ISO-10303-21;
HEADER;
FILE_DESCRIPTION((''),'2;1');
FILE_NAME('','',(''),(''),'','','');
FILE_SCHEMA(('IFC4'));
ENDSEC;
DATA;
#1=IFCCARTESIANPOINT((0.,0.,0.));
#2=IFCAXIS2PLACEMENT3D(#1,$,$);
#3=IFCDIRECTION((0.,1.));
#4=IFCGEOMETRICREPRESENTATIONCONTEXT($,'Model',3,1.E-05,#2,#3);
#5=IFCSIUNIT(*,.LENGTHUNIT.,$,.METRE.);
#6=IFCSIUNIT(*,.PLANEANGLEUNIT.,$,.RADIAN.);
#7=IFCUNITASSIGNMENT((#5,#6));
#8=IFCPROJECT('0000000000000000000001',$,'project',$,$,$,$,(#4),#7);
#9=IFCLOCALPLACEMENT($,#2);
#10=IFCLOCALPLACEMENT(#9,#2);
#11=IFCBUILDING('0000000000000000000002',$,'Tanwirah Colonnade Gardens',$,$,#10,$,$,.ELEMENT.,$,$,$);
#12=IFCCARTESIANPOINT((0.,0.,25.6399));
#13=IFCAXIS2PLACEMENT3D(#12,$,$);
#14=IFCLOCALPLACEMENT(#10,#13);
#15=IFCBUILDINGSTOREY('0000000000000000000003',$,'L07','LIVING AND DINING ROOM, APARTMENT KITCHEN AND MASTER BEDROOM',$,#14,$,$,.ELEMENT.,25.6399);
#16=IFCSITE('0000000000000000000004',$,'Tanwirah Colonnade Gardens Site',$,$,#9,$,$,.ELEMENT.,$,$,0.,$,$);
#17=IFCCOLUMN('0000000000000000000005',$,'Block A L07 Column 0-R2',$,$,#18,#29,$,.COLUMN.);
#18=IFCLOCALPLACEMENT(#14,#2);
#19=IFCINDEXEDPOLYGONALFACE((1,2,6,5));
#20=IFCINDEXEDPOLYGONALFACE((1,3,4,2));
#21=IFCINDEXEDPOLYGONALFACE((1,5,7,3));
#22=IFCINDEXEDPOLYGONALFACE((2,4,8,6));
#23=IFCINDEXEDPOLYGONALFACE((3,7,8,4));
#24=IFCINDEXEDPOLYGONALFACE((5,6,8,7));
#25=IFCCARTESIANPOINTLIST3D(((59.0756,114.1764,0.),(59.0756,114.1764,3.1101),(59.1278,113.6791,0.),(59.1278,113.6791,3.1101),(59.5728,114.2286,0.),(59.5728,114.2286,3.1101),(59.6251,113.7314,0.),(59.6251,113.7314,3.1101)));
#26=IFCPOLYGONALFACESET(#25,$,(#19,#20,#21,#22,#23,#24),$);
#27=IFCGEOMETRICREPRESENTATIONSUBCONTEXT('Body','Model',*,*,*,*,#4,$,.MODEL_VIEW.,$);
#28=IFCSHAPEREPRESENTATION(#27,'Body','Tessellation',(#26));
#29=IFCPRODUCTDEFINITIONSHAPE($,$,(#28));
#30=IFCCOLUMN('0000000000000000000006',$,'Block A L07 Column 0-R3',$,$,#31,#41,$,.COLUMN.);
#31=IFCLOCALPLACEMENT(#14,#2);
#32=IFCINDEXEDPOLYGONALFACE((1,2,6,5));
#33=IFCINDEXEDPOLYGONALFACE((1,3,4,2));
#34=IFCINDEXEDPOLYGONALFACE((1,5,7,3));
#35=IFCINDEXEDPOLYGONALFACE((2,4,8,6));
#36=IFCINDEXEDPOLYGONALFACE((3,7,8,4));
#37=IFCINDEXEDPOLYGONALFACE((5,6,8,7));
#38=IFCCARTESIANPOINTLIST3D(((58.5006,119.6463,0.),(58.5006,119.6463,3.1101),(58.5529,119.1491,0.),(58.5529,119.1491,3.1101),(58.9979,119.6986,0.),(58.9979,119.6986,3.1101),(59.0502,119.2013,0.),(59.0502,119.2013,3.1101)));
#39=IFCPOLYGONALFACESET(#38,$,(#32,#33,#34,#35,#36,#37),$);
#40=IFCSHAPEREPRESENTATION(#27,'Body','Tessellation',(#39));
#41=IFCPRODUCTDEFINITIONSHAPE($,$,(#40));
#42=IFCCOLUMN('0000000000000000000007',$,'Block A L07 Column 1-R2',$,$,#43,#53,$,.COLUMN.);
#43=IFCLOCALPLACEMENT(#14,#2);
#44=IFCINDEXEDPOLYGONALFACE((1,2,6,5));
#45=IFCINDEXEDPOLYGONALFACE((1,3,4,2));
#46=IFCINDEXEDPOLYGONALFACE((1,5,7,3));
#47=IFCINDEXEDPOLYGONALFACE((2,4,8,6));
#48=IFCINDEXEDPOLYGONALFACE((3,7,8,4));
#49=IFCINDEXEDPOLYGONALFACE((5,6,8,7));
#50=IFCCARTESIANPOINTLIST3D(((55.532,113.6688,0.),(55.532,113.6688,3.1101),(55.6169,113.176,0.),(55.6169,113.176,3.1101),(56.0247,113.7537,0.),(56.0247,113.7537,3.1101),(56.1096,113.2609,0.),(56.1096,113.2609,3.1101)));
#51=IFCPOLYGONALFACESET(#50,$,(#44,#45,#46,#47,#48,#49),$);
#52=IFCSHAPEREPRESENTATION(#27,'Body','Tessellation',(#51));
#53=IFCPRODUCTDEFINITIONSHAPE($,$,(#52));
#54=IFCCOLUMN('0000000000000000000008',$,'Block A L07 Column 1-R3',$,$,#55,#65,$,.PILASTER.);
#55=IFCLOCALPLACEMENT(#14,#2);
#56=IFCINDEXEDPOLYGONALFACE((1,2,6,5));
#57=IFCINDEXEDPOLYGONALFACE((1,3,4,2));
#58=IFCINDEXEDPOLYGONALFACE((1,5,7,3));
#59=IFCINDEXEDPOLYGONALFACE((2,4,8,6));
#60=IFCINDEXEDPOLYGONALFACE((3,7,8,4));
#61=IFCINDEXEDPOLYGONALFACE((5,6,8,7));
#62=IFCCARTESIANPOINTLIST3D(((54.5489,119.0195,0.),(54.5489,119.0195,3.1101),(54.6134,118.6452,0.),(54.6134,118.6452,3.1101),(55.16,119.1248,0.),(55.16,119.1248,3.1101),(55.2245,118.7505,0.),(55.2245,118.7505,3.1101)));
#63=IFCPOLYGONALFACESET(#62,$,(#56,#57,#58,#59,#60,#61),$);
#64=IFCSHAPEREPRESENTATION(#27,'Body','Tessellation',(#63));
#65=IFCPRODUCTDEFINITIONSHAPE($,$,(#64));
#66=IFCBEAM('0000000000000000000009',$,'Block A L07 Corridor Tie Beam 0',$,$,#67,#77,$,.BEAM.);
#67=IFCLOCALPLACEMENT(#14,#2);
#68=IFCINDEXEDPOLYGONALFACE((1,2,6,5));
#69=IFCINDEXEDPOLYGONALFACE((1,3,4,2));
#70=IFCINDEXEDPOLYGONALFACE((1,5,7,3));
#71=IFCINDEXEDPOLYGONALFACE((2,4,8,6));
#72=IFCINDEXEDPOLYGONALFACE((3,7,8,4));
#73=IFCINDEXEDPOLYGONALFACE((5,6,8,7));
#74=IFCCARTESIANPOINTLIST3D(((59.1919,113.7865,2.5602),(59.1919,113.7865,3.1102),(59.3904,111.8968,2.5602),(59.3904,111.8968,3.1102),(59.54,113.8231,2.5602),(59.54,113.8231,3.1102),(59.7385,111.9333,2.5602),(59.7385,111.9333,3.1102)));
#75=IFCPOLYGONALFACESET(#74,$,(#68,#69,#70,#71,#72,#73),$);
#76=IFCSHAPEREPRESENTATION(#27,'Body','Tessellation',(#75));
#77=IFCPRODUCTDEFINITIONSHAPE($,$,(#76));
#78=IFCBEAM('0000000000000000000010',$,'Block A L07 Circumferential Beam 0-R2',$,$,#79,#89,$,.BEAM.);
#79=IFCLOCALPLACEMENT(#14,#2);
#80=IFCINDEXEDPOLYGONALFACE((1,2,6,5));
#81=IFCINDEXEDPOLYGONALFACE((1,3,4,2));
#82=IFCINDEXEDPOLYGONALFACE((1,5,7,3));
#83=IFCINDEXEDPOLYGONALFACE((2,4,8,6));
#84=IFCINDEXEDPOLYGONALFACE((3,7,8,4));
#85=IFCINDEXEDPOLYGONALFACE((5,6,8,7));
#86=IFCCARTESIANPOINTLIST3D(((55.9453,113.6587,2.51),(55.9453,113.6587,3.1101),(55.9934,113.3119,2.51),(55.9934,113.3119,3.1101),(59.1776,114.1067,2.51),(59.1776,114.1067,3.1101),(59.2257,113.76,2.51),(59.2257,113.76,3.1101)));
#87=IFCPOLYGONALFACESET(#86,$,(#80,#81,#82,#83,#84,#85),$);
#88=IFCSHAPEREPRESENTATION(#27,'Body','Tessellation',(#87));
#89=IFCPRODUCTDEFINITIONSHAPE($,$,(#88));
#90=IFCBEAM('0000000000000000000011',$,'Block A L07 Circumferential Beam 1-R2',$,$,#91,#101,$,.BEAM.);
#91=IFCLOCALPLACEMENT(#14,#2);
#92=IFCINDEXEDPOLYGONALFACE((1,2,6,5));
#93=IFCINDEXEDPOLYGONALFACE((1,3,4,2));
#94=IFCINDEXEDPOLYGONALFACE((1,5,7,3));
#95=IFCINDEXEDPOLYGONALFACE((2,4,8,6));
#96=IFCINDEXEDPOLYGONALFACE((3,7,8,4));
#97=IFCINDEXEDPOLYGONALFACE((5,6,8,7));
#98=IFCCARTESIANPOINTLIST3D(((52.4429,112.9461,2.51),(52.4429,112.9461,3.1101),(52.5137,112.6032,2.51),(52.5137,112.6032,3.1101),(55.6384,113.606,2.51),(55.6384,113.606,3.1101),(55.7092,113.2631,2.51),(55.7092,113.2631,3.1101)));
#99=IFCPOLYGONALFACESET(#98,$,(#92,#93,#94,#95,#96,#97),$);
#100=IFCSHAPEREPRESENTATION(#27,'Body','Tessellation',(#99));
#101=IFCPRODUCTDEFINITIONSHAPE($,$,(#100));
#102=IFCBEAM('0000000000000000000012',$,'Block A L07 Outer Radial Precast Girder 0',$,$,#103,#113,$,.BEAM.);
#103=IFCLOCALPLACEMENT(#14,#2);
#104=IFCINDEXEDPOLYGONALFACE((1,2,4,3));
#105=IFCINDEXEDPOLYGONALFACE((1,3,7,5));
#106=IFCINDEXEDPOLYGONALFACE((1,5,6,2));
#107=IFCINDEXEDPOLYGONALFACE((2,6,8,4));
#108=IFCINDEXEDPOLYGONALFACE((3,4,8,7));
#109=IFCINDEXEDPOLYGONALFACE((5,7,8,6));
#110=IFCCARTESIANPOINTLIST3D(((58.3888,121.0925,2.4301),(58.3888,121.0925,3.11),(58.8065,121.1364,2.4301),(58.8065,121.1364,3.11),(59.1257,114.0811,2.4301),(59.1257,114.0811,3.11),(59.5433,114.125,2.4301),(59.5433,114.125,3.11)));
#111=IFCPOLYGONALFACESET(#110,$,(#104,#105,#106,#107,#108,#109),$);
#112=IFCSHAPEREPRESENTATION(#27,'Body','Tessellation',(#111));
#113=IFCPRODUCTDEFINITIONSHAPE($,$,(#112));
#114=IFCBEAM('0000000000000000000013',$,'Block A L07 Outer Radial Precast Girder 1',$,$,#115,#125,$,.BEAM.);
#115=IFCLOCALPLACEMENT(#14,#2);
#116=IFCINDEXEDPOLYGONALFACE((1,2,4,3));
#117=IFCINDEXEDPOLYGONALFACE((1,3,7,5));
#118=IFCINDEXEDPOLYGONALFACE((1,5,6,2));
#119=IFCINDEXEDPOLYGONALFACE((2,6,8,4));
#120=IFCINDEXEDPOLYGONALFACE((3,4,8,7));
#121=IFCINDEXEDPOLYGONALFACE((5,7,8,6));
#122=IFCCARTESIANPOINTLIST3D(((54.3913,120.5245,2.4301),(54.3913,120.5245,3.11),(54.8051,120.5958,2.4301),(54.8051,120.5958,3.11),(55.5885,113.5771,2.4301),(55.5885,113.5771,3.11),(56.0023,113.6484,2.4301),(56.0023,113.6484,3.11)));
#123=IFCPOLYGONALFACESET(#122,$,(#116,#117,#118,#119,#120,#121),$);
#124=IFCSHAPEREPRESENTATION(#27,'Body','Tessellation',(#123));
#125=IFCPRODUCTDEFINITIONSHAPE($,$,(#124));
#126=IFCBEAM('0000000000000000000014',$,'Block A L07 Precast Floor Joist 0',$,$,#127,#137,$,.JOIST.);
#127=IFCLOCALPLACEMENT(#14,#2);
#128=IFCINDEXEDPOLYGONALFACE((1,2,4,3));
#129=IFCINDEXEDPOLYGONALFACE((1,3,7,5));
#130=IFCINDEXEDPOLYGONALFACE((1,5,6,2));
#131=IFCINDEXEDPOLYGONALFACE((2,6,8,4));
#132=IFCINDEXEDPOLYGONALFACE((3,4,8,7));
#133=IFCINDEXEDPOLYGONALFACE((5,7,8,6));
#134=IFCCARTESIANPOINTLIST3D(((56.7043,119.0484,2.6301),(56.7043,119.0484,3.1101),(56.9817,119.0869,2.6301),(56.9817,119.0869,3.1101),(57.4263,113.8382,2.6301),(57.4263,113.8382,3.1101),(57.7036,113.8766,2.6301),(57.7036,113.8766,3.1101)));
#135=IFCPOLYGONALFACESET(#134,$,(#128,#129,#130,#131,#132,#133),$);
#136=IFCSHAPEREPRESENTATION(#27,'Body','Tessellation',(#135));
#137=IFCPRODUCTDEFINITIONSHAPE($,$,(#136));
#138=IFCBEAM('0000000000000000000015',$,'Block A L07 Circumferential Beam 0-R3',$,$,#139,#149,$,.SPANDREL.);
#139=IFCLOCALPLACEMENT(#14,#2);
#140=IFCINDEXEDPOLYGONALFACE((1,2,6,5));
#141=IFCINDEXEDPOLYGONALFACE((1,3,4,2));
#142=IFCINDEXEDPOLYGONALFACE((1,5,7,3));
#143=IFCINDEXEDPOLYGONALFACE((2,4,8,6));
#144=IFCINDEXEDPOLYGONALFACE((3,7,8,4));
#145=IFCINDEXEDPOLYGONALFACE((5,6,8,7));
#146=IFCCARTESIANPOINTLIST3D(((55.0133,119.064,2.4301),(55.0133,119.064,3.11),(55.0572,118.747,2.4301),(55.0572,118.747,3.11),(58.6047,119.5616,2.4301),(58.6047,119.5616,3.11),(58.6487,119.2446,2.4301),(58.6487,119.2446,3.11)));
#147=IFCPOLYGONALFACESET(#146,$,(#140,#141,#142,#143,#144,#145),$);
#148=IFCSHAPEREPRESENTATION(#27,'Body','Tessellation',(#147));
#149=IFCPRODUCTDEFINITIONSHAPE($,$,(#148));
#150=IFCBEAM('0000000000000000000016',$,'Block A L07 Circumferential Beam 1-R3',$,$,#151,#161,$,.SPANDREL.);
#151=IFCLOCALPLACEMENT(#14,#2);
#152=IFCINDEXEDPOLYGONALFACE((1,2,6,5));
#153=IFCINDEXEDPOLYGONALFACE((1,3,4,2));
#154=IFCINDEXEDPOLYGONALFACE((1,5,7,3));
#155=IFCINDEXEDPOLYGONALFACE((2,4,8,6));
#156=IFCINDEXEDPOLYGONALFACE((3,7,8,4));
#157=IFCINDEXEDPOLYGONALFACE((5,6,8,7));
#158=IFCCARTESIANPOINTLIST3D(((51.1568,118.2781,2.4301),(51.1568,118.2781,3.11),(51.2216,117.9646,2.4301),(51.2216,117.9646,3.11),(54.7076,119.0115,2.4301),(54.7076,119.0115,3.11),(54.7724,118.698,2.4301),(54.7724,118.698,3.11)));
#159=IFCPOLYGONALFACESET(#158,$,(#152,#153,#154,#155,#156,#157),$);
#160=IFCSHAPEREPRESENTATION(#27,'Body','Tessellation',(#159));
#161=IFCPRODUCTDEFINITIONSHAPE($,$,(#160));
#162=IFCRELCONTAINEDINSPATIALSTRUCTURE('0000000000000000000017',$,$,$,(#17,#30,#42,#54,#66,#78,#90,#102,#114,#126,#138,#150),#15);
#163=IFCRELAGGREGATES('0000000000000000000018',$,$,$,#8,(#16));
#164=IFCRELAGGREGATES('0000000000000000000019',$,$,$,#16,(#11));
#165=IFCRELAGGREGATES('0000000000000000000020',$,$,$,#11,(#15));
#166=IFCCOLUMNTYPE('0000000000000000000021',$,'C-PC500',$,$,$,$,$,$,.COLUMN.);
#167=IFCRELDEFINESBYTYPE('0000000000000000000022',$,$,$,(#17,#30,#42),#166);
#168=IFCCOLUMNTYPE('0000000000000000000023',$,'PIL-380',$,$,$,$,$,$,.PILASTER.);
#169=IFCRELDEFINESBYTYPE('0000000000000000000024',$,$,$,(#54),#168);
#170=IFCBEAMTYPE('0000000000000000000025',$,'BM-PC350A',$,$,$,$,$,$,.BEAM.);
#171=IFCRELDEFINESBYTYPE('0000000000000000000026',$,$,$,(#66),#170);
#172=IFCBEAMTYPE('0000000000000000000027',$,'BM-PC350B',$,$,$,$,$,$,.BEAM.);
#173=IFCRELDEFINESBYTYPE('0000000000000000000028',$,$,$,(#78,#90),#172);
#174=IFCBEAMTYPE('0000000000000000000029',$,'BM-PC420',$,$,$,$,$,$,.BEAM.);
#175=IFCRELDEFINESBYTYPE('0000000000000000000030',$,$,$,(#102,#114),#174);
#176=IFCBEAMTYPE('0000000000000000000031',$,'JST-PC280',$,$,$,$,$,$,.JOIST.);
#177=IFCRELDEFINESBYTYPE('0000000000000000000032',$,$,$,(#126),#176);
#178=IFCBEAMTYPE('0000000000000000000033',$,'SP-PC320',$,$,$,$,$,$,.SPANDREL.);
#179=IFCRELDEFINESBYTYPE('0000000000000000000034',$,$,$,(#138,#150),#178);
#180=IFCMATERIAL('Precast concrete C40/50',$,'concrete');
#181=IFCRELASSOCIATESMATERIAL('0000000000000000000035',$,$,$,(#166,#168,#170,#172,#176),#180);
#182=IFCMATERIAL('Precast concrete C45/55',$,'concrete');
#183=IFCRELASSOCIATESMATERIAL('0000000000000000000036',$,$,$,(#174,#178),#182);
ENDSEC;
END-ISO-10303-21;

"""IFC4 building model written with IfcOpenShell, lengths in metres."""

from ifc_helpers import new_model, si_unit, direction, frame, origin, origin_2d, place, context, subcontext, project, spatial, rectangle, extrude, material, material_profile, profile_set, type_object, element, save


model = new_model("IFC4")

# Units and contexts
model_context = context("Model", 3, precision=1e-05, world=origin(), true_north=direction((0.0, 1.0)))
body_context = subcontext(model_context, "Body", "Model", "MODEL_VIEW")
ifc_project = project(units=[si_unit("LENGTHUNIT", "METRE"), si_unit("PLANEANGLEUNIT", "RADIAN")], contexts=[model_context])

# Site, building, storey
site_placement = place(None, origin())
site = spatial("IfcSite", under=ifc_project, at=site_placement, Name="Tanwirah Colonnade Gardens Site", CompositionType="ELEMENT", RefElevation=0.0)
building_placement = place(site_placement, origin())
building = spatial("IfcBuilding", under=site, at=building_placement, Name="Tanwirah Colonnade Gardens", CompositionType="ELEMENT")
storey_placement = place(building_placement, frame((0.0, 0.0, 25.6399)))
storey = spatial("IfcBuildingStorey", under=building, at=storey_placement, Name="L07", Description="LIVING AND DINING ROOM, APARTMENT KITCHEN AND MASTER BEDROOM", CompositionType="ELEMENT", Elevation=25.6399)

# Columns
ifc_material_1 = material(Name="Precast concrete C40/50", Category="concrete")
ifc_material_profile_1 = material_profile(ifc_material_1, rectangle(XDim=0.5, YDim=0.5, at=origin_2d()), Name="PC-COL 500x500")
ifc_profile_set_1 = profile_set([ifc_material_profile_1], Name="Precast concrete C40/50")
column_type_1 = type_object("IfcColumnType", Name="C-PC500", PredefinedType="COLUMN", material=ifc_profile_set_1)
for number, where, z_axis, x_axis, name in (
    (1, (59.3503, 113.9539, 0.0), (0.0, 0.0, 1.0), (-0.104528, 0.994522, 0.0), "Block A L07 Column 0-R2"),
    (2, (58.7754, 119.4238, 0.0), (0.0, 0.0, 1.0), (-0.104528, 0.994522, 0.0), "Block A L07 Column 0-R3"),
    (3, (55.8208, 113.4648, 0.0), (0.0, 0.0, 1.0), (-0.169827, 0.985474, 0.0), "Block A L07 Column 1-R2"),
):
    element("IfcColumn", number, at=place(storey_placement, frame(where, z_axis=z_axis, x_axis=x_axis)), inside=storey, type_object=column_type_1, Name=name, PredefinedType="COLUMN", context=body_context, shape_type="SweptSolid", body=[
        extrude(rectangle(XDim=0.5, YDim=0.5, at=origin_2d()), origin(), (0.0, 0.0, 1.0), 3.1101),
    ])
ifc_material_profile_2 = material_profile(ifc_material_1, rectangle(XDim=0.3799, YDim=0.6201, at=origin_2d()), Name="PC-PIL 380x620")
ifc_profile_set_2 = profile_set([ifc_material_profile_2], Name="Precast concrete C40/50")
column_type_2 = type_object("IfcColumnType", Name="PIL-380", PredefinedType="PILASTER", material=ifc_profile_set_2)
column_placement = place(storey_placement, frame((54.8867, 118.885, 0.0), z_axis=(0.0, 0.0, 1.0), x_axis=(-0.169827, 0.985474, 0.0)))
element("IfcColumn", 4, at=column_placement, inside=storey, type_object=column_type_2, Name="Block A L07 Column 1-R3", PredefinedType="PILASTER", context=body_context, shape_type="SweptSolid", body=[
    extrude(rectangle(XDim=0.3799, YDim=0.6201, at=origin_2d()), origin(), (0.0, 0.0, 1.0), 3.1101),
])

# Beams
ifc_material_profile_3 = material_profile(ifc_material_1, rectangle(XDim=0.3501, YDim=0.55, at=origin_2d()), Name="PC-BM 350x550")
ifc_profile_set_3 = profile_set([ifc_material_profile_3], Name="Precast concrete C40/50")
beam_type_1 = type_object("IfcBeamType", Name="BM-PC350A", PredefinedType="BEAM", material=ifc_profile_set_3)
beam_1_placement = place(storey_placement, frame((59.5645, 111.915, 2.8352), z_axis=(-0.104464, 0.994529, 0.0), x_axis=(-0.994529, -0.104464, 0.0)))
element("IfcBeam", 5, at=beam_1_placement, inside=storey, type_object=beam_type_1, Name="Block A L07 Corridor Tie Beam 0", PredefinedType="BEAM", context=body_context, shape_type="SweptSolid", body=[
    extrude(rectangle(XDim=0.3501, YDim=0.55, at=origin_2d()), origin(), (0.0, 0.0, 1.0), 1.9001),
])
ifc_material_profile_4 = material_profile(ifc_material_1, rectangle(XDim=0.3501, YDim=0.6001, at=origin_2d()), Name="PC-BM 350x600")
ifc_profile_set_4 = profile_set([ifc_material_profile_4], Name="Precast concrete C40/50")
beam_type_2 = type_object("IfcBeamType", Name="BM-PC350B", PredefinedType="BEAM", material=ifc_profile_set_4)
beam_2_placement = place(storey_placement, frame((59.2017, 113.9333, 2.8101), z_axis=(-0.99053, -0.137293, 0.0), x_axis=(0.137293, -0.99053, 0.0)))
element("IfcBeam", 6, at=beam_2_placement, inside=storey, type_object=beam_type_2, Name="Block A L07 Circumferential Beam 0-R2", PredefinedType="BEAM", context=body_context, shape_type="SweptSolid", body=[
    extrude(rectangle(XDim=0.3501, YDim=0.6001, at=origin_2d()), origin(), (0.0, 0.0, 1.0), 3.2632),
])
beam_3_placement = place(storey_placement, frame((55.6738, 113.4346, 2.8101), z_axis=(-0.979336, -0.202242, 0.0), x_axis=(0.202242, -0.979336, 0.0)))
element("IfcBeam", 7, at=beam_3_placement, inside=storey, type_object=beam_type_2, Name="Block A L07 Circumferential Beam 1-R2", PredefinedType="BEAM", context=body_context, shape_type="SweptSolid", body=[
    extrude(rectangle(XDim=0.3501, YDim=0.6001, at=origin_2d()), origin(), (0.0, 0.0, 1.0), 3.2629),
])
ifc_material_2 = material(Name="Precast concrete C45/55", Category="concrete")
ifc_material_profile_5 = material_profile(ifc_material_2, rectangle(XDim=0.4199, YDim=0.6799, at=origin_2d()), Name="PC-BM 420x680")
ifc_profile_set_5 = profile_set([ifc_material_profile_5], Name="Precast concrete C45/55")
beam_type_3 = type_object("IfcBeamType", Name="BM-PC420", PredefinedType="BEAM", material=ifc_profile_set_5)
beam_4_placement = place(storey_placement, frame((59.3345, 114.103, 2.77), z_axis=(-0.104512, 0.994524, 0.0), x_axis=(-0.994524, -0.104512, 0.0)))
element("IfcBeam", 8, at=beam_4_placement, inside=storey, type_object=beam_type_3, Name="Block A L07 Outer Radial Precast Girder 0", PredefinedType="BEAM", context=body_context, shape_type="SweptSolid", body=[
    extrude(rectangle(XDim=0.4199, YDim=0.6799, at=origin_2d()), origin(), (0.0, 0.0, 1.0), 7.05),
])
beam_5_placement = place(storey_placement, frame((55.7954, 113.6128, 2.77), z_axis=(-0.169827, 0.985474, 0.0), x_axis=(-0.985474, -0.169827, 0.0)))
element("IfcBeam", 9, at=beam_5_placement, inside=storey, type_object=beam_type_3, Name="Block A L07 Outer Radial Precast Girder 1", PredefinedType="BEAM", context=body_context, shape_type="SweptSolid", body=[
    extrude(rectangle(XDim=0.4199, YDim=0.6799, at=origin_2d()), origin(), (0.0, 0.0, 1.0), 7.0498),
])
ifc_material_profile_6 = material_profile(ifc_material_1, rectangle(XDim=0.28, YDim=0.48, at=origin_2d()), Name="PC-JST 280x480")
ifc_profile_set_6 = profile_set([ifc_material_profile_6], Name="Precast concrete C40/50")
beam_type_4 = type_object("IfcBeamType", Name="JST-PC280", PredefinedType="JOIST", material=ifc_profile_set_6)
beam_6_placement = place(storey_placement, frame((57.5649, 113.8574, 2.8701), z_axis=(-0.137248, 0.990537, 0.0), x_axis=(-0.990537, -0.137248, 0.0)))
element("IfcBeam", 10, at=beam_6_placement, inside=storey, type_object=beam_type_4, Name="Block A L07 Precast Floor Joist 0", PredefinedType="JOIST", context=body_context, shape_type="SweptSolid", body=[
    extrude(rectangle(XDim=0.28, YDim=0.48, at=origin_2d()), origin(), (0.0, 0.0, 1.0), 5.26),
])
ifc_material_profile_7 = material_profile(ifc_material_2, rectangle(XDim=0.3201, YDim=0.6799, at=origin_2d()), Name="PC-SP 320x680")
ifc_profile_set_7 = profile_set([ifc_material_profile_7], Name="Precast concrete C45/55")
beam_type_5 = type_object("IfcBeamType", Name="SP-PC320", PredefinedType="SPANDREL", material=ifc_profile_set_7)
for number, where, z_axis, x_axis, name in (
    (11, (58.6267, 119.4031, 2.77), (-0.990539, -0.137234, 0.0), (0.137234, -0.990539, 0.0), "Block A L07 Circumferential Beam 0-R3"),
    (12, (54.74, 118.8547, 2.77), (-0.979329, -0.202276, 0.0), (0.202276, -0.979329, 0.0), "Block A L07 Circumferential Beam 1-R3"),
):
    element("IfcBeam", number, at=place(storey_placement, frame(where, z_axis=z_axis, x_axis=x_axis)), inside=storey, type_object=beam_type_5, Name=name, PredefinedType="SPANDREL", context=body_context, shape_type="SweptSolid", body=[
        extrude(rectangle(XDim=0.3201, YDim=0.6799, at=origin_2d()), origin(), (0.0, 0.0, 1.0), 3.6257),
    ])

save(model, "model.ifc")
